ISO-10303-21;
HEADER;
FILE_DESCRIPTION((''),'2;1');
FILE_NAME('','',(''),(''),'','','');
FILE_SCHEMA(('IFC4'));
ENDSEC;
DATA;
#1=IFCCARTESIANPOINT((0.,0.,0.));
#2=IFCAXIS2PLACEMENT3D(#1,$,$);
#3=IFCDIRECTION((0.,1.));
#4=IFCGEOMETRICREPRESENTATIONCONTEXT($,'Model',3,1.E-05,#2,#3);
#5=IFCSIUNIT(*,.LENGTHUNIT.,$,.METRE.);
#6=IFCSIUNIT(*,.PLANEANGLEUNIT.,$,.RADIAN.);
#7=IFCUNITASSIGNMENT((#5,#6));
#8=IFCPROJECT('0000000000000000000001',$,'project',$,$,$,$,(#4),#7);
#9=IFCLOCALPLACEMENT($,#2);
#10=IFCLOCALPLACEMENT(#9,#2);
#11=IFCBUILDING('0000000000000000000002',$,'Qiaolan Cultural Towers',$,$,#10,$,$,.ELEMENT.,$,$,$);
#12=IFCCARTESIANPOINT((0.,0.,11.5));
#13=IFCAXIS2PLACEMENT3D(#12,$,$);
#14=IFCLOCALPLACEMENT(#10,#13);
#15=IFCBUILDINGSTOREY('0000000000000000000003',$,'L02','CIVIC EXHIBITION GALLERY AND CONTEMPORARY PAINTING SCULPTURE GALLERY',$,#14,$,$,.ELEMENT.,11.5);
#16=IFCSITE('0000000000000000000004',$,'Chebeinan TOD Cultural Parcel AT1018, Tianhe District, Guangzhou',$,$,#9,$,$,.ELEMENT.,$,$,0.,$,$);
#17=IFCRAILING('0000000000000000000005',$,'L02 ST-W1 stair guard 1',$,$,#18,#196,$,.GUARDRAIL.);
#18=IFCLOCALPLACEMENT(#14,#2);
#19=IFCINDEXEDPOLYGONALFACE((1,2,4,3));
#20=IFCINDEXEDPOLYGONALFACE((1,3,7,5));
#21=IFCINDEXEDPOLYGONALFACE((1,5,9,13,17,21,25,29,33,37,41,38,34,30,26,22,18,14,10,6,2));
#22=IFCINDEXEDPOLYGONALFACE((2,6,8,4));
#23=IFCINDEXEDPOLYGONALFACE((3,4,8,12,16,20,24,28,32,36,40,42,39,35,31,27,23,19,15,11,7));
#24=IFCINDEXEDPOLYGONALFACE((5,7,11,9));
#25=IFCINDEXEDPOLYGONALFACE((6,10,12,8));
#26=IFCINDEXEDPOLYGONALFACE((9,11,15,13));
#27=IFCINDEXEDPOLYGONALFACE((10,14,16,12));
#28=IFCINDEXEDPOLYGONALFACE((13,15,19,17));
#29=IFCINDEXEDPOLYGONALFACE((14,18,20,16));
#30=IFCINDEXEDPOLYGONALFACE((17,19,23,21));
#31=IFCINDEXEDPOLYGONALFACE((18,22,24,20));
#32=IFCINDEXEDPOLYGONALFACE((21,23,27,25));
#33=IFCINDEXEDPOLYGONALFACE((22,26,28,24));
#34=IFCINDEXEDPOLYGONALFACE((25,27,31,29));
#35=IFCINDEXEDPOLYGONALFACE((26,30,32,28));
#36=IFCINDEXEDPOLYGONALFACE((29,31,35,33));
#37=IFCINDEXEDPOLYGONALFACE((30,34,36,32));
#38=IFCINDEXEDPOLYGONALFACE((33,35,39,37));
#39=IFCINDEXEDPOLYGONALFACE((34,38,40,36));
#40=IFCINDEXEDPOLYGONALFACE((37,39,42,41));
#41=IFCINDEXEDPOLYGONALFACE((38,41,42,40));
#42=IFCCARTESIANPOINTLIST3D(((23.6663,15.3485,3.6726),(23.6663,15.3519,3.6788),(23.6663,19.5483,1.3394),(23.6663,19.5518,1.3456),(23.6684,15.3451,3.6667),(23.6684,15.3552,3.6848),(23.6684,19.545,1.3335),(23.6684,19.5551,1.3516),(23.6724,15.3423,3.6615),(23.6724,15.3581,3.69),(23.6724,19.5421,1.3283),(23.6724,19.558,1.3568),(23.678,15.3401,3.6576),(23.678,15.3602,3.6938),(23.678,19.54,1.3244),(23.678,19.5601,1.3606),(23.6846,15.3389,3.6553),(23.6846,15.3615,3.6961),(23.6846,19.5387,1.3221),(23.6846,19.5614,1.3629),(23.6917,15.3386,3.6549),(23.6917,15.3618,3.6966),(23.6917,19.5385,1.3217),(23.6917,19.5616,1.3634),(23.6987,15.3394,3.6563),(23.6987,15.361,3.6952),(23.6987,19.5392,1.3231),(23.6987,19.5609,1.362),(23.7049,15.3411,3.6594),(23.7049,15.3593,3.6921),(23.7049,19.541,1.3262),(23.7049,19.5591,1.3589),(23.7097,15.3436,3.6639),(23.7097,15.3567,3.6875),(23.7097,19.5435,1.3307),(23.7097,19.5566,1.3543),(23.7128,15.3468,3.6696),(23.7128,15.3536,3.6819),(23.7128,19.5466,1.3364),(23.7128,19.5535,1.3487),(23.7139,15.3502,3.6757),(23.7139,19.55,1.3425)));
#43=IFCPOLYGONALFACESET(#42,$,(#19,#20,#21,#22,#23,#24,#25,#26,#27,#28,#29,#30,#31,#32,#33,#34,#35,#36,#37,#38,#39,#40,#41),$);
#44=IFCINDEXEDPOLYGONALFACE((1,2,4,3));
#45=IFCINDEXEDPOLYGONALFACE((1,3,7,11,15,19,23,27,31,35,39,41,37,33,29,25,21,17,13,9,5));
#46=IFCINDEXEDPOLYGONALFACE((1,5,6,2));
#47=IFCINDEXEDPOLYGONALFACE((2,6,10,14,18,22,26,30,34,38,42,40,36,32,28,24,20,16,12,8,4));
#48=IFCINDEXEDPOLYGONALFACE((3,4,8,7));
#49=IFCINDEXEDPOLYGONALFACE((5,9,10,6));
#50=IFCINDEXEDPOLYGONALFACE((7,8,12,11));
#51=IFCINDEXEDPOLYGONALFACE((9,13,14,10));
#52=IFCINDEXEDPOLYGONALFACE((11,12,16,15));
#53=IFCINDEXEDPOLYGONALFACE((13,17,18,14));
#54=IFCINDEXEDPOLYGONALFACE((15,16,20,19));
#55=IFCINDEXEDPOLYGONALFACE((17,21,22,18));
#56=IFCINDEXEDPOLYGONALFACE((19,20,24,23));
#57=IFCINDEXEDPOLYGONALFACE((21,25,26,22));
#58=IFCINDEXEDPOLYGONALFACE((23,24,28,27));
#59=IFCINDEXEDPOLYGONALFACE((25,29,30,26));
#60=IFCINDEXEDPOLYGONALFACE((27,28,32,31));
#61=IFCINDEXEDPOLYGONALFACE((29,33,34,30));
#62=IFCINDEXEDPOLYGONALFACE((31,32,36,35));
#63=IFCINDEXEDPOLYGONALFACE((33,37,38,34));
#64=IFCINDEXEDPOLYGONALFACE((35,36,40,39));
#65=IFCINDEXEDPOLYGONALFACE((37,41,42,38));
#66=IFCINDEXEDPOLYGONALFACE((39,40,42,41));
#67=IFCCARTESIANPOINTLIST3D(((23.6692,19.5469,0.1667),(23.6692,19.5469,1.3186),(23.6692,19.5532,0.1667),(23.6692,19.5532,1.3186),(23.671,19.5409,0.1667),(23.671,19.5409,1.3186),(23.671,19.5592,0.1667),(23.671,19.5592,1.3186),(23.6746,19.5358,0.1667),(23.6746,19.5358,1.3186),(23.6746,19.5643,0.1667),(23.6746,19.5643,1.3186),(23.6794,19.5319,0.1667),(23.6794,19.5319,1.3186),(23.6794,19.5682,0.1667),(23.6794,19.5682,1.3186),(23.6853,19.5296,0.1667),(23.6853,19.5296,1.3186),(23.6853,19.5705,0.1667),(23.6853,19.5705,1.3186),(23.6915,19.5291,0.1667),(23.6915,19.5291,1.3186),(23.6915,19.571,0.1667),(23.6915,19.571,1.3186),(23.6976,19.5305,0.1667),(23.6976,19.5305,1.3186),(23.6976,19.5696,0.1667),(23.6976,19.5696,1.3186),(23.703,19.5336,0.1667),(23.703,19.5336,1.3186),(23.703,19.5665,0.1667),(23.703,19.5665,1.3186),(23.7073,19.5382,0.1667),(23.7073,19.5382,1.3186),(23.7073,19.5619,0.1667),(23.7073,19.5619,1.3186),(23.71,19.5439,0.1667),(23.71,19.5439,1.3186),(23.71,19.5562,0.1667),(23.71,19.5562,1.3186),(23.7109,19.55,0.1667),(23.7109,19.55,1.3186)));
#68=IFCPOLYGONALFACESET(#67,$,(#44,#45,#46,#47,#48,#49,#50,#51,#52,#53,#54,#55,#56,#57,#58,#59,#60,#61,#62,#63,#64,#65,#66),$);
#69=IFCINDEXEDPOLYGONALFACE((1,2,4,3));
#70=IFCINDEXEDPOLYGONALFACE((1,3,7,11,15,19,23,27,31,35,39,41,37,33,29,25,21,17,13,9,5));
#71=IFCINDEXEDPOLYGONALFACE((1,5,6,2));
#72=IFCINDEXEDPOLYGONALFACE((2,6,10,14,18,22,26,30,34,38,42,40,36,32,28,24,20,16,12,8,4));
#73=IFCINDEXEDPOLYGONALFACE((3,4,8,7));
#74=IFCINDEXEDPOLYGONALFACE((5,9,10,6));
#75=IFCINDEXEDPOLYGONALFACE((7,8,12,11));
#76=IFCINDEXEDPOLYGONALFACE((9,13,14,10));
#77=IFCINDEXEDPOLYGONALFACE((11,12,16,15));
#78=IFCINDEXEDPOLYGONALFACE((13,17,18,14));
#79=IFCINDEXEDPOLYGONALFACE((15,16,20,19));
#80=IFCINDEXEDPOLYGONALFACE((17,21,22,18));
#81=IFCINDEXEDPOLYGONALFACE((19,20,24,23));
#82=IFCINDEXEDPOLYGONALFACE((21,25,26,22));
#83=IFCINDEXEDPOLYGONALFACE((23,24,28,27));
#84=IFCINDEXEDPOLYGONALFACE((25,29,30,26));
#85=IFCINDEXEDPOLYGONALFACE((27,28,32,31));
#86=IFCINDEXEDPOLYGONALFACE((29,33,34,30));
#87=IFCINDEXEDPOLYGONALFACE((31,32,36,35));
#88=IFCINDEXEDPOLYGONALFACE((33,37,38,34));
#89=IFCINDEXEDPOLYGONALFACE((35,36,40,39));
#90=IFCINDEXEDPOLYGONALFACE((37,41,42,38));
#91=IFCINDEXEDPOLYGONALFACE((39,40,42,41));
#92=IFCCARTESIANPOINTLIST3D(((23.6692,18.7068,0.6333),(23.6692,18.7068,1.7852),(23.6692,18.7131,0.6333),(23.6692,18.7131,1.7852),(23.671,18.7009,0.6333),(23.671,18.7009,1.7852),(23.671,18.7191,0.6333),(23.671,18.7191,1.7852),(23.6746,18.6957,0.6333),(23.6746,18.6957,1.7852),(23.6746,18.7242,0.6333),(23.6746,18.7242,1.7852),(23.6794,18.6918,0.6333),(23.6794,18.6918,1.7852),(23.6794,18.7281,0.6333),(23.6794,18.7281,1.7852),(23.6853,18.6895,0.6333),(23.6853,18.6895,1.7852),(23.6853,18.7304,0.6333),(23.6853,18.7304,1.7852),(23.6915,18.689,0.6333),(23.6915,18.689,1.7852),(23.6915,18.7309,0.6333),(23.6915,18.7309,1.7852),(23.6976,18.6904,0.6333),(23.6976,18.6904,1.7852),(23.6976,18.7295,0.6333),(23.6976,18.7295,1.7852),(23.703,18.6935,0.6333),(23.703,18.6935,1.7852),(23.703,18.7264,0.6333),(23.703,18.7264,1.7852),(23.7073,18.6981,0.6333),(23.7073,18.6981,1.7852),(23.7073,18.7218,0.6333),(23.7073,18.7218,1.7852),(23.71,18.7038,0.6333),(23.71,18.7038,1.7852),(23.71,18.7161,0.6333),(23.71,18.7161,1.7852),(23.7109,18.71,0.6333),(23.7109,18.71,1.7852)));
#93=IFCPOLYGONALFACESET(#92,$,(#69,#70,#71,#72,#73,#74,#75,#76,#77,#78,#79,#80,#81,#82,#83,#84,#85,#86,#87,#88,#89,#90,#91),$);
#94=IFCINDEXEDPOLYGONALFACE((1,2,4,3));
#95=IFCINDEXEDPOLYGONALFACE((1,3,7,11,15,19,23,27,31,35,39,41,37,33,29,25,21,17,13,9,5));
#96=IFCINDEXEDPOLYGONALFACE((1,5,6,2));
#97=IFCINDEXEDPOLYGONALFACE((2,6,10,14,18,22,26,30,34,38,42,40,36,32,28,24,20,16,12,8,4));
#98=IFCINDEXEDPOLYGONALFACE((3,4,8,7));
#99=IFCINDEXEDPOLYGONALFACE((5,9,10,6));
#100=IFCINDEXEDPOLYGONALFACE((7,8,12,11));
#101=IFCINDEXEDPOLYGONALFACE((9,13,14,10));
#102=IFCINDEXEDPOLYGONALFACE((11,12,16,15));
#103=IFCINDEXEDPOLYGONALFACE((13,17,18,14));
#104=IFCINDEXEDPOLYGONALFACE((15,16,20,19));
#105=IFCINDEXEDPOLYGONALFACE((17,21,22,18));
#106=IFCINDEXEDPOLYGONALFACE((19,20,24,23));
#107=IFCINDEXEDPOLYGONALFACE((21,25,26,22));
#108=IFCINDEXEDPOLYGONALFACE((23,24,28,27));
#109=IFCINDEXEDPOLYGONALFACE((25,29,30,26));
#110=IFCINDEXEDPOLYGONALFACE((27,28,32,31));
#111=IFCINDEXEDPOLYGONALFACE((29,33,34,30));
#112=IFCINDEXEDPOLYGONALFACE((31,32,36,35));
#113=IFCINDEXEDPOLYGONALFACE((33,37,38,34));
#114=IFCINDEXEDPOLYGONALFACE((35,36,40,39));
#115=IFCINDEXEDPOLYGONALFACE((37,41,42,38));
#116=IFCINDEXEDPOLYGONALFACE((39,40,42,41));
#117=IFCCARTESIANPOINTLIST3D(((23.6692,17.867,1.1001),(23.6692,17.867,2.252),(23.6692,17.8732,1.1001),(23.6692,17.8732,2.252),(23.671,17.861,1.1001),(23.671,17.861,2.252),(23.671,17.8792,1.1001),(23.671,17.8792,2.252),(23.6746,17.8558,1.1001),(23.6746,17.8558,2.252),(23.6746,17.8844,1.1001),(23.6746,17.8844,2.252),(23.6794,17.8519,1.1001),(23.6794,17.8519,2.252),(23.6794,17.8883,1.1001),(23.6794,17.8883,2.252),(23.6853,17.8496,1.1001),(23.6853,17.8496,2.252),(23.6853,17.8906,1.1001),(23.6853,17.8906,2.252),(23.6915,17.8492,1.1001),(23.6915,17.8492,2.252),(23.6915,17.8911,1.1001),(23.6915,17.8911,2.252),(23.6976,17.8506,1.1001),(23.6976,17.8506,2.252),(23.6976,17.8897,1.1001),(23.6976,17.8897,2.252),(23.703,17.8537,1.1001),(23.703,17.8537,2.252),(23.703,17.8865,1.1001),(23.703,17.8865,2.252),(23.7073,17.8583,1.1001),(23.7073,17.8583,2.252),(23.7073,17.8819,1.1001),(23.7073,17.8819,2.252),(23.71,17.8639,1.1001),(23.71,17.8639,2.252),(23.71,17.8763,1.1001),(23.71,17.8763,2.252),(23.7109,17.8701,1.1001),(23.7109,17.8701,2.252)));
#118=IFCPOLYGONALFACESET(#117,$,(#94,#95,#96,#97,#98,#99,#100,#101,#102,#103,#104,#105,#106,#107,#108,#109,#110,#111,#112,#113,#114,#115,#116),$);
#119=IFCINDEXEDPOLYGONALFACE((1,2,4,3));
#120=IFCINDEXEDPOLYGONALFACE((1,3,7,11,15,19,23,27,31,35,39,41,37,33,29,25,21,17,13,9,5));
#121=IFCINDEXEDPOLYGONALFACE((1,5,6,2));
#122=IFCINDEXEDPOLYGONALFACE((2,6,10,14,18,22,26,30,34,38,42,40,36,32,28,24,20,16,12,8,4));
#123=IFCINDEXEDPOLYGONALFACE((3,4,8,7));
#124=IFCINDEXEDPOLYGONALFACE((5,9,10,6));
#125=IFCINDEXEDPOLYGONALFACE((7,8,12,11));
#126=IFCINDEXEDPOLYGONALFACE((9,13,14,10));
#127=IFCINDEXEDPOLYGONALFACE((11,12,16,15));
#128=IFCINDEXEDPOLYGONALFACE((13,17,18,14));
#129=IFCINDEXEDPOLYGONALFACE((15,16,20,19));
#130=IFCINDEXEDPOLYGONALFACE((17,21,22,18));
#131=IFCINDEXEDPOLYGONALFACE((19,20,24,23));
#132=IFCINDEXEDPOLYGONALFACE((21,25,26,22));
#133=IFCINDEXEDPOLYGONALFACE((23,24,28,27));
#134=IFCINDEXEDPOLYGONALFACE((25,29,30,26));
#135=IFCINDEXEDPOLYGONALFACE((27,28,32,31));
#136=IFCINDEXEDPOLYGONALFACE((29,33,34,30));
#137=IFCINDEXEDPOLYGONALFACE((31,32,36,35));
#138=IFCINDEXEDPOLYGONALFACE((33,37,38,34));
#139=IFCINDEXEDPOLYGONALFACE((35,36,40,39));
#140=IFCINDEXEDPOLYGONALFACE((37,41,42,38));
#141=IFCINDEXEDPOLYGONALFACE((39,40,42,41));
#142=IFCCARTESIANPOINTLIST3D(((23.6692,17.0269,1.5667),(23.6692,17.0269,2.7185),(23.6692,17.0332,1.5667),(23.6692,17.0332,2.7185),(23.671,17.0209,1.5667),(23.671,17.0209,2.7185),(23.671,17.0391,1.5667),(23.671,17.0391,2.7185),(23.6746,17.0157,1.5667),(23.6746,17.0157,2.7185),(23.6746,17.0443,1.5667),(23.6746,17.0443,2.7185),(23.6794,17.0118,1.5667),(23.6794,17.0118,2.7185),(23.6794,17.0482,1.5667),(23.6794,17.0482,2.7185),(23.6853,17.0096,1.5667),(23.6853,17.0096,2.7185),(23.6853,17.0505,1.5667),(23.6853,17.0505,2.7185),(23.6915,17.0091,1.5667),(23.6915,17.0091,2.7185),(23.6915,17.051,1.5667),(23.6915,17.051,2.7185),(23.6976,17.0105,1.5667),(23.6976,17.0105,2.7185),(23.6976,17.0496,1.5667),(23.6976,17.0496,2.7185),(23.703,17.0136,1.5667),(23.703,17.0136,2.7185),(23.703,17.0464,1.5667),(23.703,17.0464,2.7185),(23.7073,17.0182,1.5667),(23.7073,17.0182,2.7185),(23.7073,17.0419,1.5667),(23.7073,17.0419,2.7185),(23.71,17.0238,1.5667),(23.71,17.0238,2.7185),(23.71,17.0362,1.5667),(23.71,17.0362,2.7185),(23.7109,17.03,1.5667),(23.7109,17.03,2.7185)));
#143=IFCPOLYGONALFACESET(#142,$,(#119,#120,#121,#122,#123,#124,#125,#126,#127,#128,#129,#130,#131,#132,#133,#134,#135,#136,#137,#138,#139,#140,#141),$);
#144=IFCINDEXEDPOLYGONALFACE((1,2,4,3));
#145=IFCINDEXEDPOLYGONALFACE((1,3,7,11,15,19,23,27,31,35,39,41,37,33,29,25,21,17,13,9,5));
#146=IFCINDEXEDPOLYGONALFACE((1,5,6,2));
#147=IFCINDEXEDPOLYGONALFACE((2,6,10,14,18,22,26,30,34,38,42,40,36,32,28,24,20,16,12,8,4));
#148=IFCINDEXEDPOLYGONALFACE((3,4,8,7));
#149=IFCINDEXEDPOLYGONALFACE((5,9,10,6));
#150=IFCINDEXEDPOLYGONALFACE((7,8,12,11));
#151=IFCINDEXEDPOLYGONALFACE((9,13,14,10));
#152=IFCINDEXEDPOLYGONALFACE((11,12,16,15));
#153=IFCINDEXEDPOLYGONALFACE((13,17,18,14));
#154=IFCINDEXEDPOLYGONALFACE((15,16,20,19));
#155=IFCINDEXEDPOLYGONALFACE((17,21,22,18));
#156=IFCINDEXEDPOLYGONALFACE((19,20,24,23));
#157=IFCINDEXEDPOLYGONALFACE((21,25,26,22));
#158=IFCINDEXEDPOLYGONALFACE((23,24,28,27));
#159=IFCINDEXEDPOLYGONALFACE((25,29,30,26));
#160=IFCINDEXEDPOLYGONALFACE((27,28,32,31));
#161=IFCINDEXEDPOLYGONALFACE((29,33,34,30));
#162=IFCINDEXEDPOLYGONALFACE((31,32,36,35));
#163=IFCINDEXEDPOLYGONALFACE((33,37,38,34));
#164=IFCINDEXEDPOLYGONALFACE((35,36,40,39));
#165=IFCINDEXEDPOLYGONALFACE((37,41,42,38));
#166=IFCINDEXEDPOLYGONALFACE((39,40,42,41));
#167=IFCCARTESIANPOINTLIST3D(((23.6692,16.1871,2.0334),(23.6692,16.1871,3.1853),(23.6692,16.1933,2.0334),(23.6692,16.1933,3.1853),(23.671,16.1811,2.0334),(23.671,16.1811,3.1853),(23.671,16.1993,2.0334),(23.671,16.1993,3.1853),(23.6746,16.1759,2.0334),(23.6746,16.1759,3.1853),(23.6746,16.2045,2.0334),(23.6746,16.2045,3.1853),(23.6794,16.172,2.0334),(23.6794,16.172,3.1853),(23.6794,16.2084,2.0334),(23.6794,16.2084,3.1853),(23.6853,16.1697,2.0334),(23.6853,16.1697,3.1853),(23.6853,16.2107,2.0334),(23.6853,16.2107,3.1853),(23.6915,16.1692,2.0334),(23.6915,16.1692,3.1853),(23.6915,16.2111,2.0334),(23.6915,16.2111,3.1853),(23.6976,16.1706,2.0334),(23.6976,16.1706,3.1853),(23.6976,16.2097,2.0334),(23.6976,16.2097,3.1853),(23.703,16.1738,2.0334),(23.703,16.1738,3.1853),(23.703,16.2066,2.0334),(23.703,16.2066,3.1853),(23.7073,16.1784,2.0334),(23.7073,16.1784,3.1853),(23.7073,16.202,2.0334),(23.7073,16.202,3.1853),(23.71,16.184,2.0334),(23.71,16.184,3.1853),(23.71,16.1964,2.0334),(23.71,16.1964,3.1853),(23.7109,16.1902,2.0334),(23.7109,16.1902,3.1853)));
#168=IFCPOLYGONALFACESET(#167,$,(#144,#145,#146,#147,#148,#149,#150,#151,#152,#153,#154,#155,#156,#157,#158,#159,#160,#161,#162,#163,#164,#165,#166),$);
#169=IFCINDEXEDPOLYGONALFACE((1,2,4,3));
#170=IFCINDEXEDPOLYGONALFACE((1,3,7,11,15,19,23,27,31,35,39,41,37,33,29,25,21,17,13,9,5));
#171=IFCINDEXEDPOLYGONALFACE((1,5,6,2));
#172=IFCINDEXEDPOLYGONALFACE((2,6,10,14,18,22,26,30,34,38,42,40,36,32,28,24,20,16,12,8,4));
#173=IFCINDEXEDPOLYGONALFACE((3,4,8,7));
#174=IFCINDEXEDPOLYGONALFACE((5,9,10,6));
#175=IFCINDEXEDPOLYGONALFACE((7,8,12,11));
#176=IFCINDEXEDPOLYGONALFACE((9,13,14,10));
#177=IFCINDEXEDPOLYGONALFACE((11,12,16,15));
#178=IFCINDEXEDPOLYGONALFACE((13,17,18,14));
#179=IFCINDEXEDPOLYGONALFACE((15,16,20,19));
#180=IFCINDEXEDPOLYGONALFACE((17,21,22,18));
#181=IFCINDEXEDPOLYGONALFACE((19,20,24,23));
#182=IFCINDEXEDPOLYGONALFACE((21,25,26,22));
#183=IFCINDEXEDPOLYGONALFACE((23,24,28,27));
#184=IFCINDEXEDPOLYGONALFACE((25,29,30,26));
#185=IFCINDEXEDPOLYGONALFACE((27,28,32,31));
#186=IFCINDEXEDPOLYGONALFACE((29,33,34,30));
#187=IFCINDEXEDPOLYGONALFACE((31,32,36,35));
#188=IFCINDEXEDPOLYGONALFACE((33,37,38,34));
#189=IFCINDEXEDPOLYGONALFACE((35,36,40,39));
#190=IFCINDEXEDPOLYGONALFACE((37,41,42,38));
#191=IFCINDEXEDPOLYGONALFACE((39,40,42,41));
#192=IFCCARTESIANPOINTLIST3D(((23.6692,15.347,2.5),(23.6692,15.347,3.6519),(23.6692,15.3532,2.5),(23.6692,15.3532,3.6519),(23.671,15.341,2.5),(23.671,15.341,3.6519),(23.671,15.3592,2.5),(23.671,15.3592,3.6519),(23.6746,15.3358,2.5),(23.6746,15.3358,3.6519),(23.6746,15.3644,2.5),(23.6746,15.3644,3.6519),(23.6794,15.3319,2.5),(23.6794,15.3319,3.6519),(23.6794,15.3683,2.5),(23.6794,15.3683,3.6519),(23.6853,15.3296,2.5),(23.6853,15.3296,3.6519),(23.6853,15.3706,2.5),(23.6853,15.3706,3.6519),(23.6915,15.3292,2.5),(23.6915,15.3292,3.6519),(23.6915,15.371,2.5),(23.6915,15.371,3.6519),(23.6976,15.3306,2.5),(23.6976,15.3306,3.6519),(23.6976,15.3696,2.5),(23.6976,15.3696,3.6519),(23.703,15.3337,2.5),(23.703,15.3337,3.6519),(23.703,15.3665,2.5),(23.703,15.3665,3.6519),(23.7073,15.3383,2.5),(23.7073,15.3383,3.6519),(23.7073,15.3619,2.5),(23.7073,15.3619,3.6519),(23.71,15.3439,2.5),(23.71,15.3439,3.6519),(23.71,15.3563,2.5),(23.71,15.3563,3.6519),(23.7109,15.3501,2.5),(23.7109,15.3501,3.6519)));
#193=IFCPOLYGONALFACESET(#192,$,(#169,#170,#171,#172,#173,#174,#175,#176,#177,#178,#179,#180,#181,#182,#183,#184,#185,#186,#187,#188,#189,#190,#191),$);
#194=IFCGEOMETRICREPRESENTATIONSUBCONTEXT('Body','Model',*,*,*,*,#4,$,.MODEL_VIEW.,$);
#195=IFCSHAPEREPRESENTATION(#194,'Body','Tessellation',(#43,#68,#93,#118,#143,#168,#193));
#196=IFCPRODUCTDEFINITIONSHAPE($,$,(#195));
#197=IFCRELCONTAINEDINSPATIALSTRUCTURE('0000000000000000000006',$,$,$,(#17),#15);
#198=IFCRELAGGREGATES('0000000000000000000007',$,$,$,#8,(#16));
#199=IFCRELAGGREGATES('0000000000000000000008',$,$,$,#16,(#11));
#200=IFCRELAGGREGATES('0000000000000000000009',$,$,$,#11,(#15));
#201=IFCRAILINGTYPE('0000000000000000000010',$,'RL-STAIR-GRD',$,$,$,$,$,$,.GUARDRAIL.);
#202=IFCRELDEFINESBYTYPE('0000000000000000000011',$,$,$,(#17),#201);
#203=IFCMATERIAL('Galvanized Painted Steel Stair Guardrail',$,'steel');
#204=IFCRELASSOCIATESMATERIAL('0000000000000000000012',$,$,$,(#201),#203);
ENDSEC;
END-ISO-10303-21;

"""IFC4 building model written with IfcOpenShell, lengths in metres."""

from ifc_helpers import new_model, si_unit, direction, frame, origin, origin_2d, place, context, subcontext, project, spatial, circle, extrude, material, type_object, element, save


model = new_model("IFC4")

# Units and contexts
model_context = context("Model", 3, precision=1e-05, world=origin(), true_north=direction((0.0, 1.0)))
body_context = subcontext(model_context, "Body", "Model", "MODEL_VIEW")
ifc_project = project(units=[si_unit("LENGTHUNIT", "METRE"), si_unit("PLANEANGLEUNIT", "RADIAN")], contexts=[model_context])

# Site, building, storey
site_placement = place(None, origin())
site = spatial("IfcSite", under=ifc_project, at=site_placement, Name="Chebeinan TOD Cultural Parcel AT1018, Tianhe District, Guangzhou", CompositionType="ELEMENT", RefElevation=0.0)
building_placement = place(site_placement, origin())
building = spatial("IfcBuilding", under=site, at=building_placement, Name="Qiaolan Cultural Towers", CompositionType="ELEMENT")
storey_placement = place(building_placement, frame((0.0, 0.0, 11.5)))
storey = spatial("IfcBuildingStorey", under=building, at=storey_placement, Name="L02", Description="CIVIC EXHIBITION GALLERY AND CONTEMPORARY PAINTING SCULPTURE GALLERY", CompositionType="ELEMENT", Elevation=11.5)

# Railing
ifc_material_1 = material(Name="Galvanized Painted Steel Stair Guardrail", Category="steel")
railing_type_1 = type_object("IfcRailingType", Name="RL-STAIR-GRD", PredefinedType="GUARDRAIL", material=ifc_material_1)
railing_1_placement = place(storey_placement, frame((23.6899, 19.55, 0.1667)))
element("IfcRailing", 1, at=railing_1_placement, inside=storey, type_object=railing_type_1, Name="L02 ST-W1 stair guard 1", PredefinedType="GUARDRAIL", context=body_context, shape_type="SweptSolid", body=[
    extrude(circle(Radius=0.0239, at=origin_2d()), frame((0.0, 0.0, 1.1758), z_axis=(0.0, -0.874162, 0.485634), x_axis=(1.0, 0.0, 0.0)), (0.0, 0.0, 1.0), 4.8044),
    extrude(circle(Radius=0.021, at=origin_2d()), origin(), (0.0, 0.0, 1.0), 1.1519),
    extrude(circle(Radius=0.021, at=origin_2d()), frame((0.0, -0.8401, 0.4666)), (0.0, 0.0, 1.0), 1.1519),
    extrude(circle(Radius=0.021, at=origin_2d()), frame((0.0, -1.6799, 0.9333)), (0.0, 0.0, 1.0), 1.1519),
    extrude(circle(Radius=0.021, at=origin_2d()), frame((0.0, -2.52, 1.3999)), (0.0, 0.0, 1.0), 1.1519),
    extrude(circle(Radius=0.021, at=origin_2d()), frame((0.0, -3.3599, 1.8667)), (0.0, 0.0, 1.0), 1.1519),
    extrude(circle(Radius=0.021, at=origin_2d()), frame((0.0, -4.2, 2.3333)), (0.0, 0.0, 1.0), 1.1519),
])

save(model, "model.ifc")
